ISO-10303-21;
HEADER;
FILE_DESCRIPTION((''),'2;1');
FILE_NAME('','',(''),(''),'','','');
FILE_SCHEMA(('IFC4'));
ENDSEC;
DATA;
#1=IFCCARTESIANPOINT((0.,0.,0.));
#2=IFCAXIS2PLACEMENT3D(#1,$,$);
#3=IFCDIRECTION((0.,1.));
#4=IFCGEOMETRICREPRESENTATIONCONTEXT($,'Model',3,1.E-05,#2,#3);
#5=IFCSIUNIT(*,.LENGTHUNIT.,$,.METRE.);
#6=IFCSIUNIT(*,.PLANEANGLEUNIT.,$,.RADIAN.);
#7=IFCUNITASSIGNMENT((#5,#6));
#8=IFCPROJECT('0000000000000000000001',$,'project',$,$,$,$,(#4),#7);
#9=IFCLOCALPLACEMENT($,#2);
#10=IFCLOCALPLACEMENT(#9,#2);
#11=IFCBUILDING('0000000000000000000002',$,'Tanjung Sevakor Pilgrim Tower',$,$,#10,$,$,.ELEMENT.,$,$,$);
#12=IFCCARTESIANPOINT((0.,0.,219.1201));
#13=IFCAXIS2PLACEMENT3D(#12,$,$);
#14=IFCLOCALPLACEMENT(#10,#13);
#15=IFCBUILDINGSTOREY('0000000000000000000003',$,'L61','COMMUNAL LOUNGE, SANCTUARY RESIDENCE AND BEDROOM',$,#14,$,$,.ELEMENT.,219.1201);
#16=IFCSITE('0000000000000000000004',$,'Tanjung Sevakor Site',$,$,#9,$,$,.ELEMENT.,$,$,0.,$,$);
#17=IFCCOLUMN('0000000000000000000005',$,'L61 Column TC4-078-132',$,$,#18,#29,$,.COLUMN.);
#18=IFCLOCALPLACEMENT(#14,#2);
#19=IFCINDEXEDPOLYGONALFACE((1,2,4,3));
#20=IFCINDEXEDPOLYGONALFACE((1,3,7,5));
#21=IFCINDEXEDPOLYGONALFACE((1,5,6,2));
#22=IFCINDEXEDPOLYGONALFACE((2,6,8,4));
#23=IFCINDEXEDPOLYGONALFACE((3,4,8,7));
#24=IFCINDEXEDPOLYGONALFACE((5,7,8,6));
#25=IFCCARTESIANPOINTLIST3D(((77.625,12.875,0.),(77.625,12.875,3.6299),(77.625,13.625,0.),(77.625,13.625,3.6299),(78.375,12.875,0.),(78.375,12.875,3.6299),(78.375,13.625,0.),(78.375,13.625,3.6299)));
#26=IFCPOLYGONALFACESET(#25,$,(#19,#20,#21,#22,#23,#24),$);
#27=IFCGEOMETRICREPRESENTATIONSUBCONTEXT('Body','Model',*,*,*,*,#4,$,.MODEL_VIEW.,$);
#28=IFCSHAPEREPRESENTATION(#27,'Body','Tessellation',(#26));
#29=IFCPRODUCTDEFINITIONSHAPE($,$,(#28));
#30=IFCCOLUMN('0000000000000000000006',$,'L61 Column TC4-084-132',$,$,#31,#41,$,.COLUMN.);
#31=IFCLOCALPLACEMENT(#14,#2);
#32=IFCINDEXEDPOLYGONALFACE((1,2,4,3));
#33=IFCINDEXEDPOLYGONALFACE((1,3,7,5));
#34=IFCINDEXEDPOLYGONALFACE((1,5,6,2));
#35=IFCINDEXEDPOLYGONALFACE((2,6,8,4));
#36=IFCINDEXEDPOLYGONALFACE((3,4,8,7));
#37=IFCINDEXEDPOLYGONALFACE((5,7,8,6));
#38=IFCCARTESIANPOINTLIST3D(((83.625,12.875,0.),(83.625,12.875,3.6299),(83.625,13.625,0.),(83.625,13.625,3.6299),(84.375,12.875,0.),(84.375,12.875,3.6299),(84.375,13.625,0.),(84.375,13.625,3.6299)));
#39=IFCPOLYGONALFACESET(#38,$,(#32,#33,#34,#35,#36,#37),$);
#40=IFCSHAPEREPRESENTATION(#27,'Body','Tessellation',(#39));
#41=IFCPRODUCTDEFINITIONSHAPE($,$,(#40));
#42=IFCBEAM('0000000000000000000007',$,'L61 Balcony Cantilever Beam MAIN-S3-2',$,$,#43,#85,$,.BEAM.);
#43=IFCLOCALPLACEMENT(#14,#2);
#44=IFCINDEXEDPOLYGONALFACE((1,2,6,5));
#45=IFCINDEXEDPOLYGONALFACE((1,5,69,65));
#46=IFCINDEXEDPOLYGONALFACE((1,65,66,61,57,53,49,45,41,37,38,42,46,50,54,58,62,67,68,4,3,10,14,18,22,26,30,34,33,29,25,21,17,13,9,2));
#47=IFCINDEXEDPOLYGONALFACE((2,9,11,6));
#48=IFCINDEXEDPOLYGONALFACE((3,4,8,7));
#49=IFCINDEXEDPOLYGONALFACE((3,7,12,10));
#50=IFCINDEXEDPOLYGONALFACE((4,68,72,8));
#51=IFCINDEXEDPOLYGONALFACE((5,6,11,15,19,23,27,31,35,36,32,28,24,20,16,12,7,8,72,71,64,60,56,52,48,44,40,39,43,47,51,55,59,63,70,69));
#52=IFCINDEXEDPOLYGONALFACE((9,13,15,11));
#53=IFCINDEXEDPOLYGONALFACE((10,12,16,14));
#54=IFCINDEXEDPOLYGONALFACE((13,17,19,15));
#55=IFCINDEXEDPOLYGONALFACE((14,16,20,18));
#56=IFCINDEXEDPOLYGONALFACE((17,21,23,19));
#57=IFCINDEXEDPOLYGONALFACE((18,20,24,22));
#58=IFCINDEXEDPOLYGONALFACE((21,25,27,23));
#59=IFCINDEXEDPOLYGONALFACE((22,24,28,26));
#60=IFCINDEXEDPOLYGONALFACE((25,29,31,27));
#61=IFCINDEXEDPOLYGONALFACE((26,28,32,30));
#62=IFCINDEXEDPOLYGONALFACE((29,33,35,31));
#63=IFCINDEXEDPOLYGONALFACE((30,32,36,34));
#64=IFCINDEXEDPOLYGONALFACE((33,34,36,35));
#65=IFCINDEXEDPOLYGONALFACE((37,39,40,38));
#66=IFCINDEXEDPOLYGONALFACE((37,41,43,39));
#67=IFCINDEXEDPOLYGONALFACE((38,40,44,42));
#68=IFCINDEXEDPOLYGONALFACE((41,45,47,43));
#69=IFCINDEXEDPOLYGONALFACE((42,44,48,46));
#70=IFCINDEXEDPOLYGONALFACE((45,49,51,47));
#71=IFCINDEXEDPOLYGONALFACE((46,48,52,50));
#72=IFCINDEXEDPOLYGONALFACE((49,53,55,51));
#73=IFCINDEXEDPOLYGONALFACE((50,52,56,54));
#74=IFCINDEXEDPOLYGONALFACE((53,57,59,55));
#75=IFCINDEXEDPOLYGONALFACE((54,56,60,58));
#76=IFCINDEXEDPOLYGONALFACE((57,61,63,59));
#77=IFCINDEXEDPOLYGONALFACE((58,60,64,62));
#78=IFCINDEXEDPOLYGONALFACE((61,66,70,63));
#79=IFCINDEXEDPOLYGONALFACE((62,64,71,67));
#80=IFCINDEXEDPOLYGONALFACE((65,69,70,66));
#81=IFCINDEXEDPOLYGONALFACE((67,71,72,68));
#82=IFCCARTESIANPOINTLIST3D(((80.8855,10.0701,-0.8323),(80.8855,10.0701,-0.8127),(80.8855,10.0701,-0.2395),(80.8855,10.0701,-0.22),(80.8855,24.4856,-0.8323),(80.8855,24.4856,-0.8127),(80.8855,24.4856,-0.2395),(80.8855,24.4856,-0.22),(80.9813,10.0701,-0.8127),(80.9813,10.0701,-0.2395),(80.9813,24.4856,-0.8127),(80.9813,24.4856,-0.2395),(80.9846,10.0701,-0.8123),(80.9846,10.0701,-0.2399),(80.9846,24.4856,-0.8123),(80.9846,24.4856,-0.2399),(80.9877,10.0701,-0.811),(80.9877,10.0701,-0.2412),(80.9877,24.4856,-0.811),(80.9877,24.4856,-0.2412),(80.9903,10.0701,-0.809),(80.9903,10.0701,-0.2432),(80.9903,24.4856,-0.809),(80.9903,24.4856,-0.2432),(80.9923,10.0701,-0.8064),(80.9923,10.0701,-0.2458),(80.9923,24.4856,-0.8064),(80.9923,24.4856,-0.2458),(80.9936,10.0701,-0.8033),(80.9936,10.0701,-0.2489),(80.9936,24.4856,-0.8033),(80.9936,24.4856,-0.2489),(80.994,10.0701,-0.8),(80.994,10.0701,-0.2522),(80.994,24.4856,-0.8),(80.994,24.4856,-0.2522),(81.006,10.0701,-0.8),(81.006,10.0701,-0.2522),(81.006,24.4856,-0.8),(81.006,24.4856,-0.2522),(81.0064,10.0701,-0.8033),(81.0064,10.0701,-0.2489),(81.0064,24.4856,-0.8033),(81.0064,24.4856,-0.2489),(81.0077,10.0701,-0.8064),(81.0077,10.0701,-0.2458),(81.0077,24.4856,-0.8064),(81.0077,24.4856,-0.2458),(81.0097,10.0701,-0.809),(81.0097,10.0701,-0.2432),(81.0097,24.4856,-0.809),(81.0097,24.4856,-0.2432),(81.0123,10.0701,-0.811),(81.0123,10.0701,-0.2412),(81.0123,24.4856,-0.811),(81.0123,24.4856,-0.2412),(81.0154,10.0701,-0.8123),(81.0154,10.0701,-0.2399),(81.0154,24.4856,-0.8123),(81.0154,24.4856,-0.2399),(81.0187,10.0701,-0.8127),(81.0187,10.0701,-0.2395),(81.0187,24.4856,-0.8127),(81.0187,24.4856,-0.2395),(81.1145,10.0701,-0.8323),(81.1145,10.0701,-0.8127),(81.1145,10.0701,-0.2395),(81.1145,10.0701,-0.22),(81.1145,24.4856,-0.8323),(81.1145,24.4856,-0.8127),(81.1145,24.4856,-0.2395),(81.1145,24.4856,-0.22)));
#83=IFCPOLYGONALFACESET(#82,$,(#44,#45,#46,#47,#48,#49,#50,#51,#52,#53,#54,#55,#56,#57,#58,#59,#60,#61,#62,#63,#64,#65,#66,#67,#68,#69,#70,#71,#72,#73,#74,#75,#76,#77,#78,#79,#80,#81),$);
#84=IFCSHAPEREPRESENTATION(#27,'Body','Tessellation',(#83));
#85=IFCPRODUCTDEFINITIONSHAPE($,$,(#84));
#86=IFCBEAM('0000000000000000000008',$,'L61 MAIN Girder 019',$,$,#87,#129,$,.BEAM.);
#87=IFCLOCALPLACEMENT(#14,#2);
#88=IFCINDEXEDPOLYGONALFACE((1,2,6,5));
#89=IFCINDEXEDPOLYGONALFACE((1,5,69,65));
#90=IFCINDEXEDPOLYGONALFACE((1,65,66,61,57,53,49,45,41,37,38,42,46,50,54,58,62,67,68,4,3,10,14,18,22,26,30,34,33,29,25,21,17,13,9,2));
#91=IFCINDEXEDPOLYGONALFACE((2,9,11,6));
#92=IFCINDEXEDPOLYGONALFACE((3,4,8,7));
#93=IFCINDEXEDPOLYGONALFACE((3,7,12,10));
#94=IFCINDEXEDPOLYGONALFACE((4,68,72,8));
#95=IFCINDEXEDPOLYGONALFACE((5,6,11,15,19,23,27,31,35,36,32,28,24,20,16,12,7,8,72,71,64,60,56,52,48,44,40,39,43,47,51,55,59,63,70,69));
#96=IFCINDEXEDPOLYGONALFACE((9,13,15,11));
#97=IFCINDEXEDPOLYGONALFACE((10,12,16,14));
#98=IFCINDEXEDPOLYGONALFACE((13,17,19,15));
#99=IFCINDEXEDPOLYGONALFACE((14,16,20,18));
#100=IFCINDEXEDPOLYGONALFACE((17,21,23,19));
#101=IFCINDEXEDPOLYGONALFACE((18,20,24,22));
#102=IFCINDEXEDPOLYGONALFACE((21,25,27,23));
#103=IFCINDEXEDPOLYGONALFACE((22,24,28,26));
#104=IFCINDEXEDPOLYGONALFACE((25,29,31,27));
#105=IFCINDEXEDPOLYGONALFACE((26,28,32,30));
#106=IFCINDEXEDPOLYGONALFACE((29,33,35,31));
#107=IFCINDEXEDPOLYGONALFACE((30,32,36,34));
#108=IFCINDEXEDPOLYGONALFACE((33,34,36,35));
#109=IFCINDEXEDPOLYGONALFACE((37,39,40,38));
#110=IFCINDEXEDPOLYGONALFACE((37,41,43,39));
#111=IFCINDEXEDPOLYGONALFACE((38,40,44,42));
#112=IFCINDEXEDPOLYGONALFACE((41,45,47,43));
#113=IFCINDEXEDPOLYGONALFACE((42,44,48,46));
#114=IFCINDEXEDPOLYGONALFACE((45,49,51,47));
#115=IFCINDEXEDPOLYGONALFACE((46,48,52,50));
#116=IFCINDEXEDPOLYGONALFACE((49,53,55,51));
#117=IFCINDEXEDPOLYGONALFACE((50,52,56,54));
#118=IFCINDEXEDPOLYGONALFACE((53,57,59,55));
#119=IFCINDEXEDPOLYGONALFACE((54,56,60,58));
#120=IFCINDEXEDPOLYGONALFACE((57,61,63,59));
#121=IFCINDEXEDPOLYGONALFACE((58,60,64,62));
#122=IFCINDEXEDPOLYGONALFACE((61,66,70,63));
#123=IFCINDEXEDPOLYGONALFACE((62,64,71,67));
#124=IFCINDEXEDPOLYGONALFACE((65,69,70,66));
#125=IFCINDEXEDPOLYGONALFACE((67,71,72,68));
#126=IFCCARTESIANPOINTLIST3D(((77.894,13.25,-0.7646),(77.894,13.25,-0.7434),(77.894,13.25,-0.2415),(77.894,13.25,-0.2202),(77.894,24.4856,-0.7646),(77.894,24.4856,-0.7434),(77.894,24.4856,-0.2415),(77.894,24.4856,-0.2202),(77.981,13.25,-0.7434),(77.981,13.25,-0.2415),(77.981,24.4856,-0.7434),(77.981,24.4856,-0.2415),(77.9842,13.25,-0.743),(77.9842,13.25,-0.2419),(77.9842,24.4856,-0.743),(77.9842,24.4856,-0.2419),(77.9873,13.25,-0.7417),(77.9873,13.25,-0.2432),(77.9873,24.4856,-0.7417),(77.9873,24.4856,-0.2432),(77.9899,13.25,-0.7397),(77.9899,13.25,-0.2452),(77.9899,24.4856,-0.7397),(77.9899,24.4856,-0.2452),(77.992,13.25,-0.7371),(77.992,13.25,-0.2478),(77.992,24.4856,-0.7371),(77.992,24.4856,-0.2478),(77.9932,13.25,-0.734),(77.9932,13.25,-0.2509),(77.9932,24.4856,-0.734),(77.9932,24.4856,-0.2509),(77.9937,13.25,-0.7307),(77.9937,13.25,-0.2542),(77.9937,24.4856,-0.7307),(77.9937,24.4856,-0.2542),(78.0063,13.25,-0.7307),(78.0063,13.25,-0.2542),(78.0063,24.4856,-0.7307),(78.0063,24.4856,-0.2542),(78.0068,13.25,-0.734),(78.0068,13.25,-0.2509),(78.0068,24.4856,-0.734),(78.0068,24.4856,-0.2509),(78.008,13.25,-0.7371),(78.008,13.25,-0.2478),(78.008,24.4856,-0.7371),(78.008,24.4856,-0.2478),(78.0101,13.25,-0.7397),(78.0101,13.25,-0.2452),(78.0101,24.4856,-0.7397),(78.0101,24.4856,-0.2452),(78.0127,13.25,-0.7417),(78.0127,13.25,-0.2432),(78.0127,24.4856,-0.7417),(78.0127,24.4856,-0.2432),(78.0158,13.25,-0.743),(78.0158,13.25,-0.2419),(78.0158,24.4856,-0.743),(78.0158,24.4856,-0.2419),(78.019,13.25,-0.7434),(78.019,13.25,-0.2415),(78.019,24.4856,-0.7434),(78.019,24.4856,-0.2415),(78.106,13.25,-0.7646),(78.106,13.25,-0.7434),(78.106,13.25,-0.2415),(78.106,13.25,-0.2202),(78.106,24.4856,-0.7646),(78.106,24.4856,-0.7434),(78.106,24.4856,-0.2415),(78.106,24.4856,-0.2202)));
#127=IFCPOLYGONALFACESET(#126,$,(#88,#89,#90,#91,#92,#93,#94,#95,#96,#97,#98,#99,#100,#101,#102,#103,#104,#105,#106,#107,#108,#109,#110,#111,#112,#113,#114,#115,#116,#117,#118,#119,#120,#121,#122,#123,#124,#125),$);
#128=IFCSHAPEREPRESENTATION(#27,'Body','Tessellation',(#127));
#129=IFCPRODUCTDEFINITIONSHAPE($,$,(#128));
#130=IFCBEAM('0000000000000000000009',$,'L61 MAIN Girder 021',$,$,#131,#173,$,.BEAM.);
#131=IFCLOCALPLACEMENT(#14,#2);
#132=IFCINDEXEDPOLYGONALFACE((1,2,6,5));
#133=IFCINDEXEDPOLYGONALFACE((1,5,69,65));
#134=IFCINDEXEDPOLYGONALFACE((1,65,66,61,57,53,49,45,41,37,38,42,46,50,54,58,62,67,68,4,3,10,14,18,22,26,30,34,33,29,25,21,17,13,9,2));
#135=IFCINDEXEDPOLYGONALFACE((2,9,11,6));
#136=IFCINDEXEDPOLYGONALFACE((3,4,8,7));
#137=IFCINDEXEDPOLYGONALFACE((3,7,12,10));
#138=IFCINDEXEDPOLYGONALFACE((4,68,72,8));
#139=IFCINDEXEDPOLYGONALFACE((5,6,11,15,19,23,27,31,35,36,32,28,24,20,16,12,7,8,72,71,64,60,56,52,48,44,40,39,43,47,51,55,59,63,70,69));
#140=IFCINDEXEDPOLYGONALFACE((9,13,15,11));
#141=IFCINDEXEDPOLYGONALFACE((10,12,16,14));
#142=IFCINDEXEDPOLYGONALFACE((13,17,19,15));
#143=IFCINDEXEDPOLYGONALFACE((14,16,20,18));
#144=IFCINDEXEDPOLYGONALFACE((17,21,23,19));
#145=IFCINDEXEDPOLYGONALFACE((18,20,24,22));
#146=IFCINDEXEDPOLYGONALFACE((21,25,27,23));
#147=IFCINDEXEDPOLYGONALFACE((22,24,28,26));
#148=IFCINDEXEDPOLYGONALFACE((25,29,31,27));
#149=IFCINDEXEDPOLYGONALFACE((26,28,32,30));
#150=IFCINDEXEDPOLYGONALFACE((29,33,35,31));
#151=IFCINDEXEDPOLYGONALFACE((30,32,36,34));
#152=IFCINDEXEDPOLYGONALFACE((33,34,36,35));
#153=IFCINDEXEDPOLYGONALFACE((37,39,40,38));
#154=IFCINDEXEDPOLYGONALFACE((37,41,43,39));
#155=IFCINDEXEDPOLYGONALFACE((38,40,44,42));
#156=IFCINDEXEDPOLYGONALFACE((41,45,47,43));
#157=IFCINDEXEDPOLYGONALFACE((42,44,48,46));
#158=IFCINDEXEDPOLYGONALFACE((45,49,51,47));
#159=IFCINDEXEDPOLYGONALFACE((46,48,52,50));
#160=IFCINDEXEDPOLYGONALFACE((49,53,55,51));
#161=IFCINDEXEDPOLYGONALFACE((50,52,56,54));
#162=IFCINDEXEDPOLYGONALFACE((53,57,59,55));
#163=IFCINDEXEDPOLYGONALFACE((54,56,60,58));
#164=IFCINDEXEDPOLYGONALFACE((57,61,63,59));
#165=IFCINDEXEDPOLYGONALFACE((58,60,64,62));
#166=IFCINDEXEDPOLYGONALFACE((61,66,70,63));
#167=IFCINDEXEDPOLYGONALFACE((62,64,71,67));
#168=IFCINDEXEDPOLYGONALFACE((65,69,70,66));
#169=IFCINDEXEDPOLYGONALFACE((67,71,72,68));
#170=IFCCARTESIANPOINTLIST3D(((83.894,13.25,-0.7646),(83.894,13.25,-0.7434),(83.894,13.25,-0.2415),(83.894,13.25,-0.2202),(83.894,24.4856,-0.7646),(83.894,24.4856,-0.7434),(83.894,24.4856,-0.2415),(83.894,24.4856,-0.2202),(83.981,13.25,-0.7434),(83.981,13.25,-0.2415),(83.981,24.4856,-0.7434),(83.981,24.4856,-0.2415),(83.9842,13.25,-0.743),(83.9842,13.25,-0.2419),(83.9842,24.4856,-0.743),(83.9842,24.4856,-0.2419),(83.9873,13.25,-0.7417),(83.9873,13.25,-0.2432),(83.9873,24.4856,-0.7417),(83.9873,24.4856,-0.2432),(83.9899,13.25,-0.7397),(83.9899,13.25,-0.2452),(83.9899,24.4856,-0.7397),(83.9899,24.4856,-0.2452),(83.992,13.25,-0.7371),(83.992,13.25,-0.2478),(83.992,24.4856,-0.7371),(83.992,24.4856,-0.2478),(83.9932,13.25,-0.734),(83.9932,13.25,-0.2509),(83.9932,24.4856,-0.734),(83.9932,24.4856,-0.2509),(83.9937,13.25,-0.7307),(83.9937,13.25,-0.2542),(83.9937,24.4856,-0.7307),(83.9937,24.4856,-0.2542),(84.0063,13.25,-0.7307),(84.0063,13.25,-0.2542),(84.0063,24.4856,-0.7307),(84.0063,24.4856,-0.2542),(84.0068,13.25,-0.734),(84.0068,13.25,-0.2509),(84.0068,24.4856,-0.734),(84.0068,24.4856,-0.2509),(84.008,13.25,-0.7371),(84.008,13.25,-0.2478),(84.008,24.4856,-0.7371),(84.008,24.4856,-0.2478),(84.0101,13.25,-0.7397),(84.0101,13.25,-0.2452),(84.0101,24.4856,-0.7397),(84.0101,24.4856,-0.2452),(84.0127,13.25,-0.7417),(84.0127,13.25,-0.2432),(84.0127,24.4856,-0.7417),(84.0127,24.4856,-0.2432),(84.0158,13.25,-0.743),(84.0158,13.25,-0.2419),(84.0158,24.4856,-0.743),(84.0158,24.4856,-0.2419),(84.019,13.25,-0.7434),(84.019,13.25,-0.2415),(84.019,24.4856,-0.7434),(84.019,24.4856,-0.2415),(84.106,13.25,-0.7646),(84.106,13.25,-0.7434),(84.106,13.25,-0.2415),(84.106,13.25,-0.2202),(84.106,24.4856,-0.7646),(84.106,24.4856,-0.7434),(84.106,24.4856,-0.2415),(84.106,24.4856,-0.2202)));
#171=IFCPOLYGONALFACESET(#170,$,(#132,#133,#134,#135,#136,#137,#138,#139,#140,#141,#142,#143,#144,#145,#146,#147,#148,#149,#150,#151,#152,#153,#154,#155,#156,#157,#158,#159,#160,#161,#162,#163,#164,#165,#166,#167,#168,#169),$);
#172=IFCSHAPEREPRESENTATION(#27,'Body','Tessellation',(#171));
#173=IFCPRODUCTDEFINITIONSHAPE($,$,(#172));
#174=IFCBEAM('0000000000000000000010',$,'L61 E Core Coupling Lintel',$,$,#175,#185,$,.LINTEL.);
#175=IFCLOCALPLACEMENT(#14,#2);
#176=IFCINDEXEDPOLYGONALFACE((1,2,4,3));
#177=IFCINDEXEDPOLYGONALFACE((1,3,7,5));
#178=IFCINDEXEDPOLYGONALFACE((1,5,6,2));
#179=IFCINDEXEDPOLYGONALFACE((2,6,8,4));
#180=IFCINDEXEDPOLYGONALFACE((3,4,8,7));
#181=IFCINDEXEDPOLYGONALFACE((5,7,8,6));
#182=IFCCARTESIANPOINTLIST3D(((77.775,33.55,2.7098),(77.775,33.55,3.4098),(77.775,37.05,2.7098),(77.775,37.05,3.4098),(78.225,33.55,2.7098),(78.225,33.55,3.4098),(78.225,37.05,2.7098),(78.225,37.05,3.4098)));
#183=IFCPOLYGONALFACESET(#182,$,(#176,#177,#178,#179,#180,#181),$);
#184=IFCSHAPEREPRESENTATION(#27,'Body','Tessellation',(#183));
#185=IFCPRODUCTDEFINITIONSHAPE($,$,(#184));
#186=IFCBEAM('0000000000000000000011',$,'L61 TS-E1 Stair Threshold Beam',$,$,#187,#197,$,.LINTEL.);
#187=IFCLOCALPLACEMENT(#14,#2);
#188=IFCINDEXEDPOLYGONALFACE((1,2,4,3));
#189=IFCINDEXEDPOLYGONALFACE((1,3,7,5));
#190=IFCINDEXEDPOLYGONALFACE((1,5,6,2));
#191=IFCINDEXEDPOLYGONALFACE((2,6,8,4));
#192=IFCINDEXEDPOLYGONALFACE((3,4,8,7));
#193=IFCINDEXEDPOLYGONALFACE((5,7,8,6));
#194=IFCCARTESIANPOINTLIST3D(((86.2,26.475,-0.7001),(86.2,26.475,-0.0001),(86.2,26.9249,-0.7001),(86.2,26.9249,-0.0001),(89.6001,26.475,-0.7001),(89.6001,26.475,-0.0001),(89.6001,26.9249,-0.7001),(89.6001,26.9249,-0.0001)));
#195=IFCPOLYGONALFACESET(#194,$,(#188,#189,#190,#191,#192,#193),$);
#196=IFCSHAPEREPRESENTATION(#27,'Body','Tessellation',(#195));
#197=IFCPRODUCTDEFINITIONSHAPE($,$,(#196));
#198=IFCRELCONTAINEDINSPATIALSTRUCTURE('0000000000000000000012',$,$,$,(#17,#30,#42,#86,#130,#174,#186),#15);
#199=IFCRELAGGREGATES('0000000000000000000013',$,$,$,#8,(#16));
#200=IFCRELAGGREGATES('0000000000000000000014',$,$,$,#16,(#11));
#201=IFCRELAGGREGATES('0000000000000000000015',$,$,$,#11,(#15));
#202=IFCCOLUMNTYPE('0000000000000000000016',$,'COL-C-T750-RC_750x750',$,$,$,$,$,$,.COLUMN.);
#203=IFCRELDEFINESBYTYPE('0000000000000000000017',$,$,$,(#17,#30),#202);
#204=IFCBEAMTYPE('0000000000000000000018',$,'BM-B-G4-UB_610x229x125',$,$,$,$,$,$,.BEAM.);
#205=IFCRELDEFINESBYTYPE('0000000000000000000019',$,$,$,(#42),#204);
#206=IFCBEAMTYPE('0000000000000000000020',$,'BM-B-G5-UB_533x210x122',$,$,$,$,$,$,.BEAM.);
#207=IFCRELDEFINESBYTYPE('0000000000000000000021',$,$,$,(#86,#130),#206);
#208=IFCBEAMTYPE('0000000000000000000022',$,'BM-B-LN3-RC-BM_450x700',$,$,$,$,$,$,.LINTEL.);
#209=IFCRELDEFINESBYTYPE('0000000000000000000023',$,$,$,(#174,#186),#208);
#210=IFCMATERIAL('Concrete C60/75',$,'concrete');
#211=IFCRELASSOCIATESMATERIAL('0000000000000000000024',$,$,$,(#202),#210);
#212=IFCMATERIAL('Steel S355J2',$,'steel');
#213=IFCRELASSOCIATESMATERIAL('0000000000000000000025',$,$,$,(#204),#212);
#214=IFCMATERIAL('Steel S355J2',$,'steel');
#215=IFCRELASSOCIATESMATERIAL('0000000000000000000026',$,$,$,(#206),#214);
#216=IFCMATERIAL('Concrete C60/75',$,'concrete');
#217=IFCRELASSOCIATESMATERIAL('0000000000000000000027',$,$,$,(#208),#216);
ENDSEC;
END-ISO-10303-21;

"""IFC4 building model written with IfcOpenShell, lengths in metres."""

from ifc_helpers import new_model, si_unit, direction, frame, origin, origin_2d, place, context, subcontext, project, spatial, rectangle, i_section, extrude, material, material_profile, profile_set, type_object, element, save


model = new_model("IFC4")

# Units and contexts
model_context = context("Model", 3, precision=1e-05, world=origin(), true_north=direction((0.0, 1.0)))
body_context = subcontext(model_context, "Body", "Model", "MODEL_VIEW")
ifc_project = project(units=[si_unit("LENGTHUNIT", "METRE"), si_unit("PLANEANGLEUNIT", "RADIAN")], contexts=[model_context])

# Site, building, storey
site_placement = place(None, origin())
site = spatial("IfcSite", under=ifc_project, at=site_placement, Name="Tanjung Sevakor Site", CompositionType="ELEMENT", RefElevation=0.0)
building_placement = place(site_placement, origin())
building = spatial("IfcBuilding", under=site, at=building_placement, Name="Tanjung Sevakor Pilgrim Tower", CompositionType="ELEMENT")
storey_placement = place(building_placement, frame((0.0, 0.0, 219.1201)))
storey = spatial("IfcBuildingStorey", under=building, at=storey_placement, Name="L61", Description="COMMUNAL LOUNGE, SANCTUARY RESIDENCE AND BEDROOM", CompositionType="ELEMENT", Elevation=219.1201)

# Columns
ifc_material_1 = material(Name="Concrete C60/75", Category="concrete")
ifc_material_profile_1 = material_profile(ifc_material_1, rectangle(XDim=0.75, YDim=0.75, at=origin_2d()))
ifc_profile_set_1 = profile_set([ifc_material_profile_1], Name="Concrete C60/75")
column_type = type_object("IfcColumnType", Name="COL-C-T750-RC_750x750", PredefinedType="COLUMN", material=ifc_profile_set_1)
for number, where, z_axis, x_axis, name in (
    (1, (78.0, 13.25, 0.0), (0.0, 0.0, 1.0), (1.0, 0.0, 0.0), "L61 Column TC4-078-132"),
    (2, (84.0, 13.25, 0.0), (0.0, 0.0, 1.0), (1.0, 0.0, 0.0), "L61 Column TC4-084-132"),
):
    element("IfcColumn", number, at=place(storey_placement, frame(where, z_axis=z_axis, x_axis=x_axis)), inside=storey, type_object=column_type, Name=name, PredefinedType="COLUMN", context=body_context, shape_type="SweptSolid", body=[
        extrude(rectangle(XDim=0.75, YDim=0.75, at=origin_2d()), origin(), (0.0, 0.0, 1.0), 3.6299),
    ])

# Beams
ifc_material_2 = material(Name="Steel S355J2", Category="steel")
ifc_material_profile_2 = material_profile(ifc_material_2, i_section(OverallWidth=0.229, OverallDepth=0.6123, WebThickness=0.012, FlangeThickness=0.0195, FilletRadius=0.0127, at=origin_2d()))
ifc_profile_set_2 = profile_set([ifc_material_profile_2], Name="Steel S355J2")
beam_type_1 = type_object("IfcBeamType", Name="BM-B-G4-UB_610x229x125", PredefinedType="BEAM", material=ifc_profile_set_2)
beam_1_placement = place(storey_placement, frame((81.0, 24.4856, -0.5261), z_axis=(0.0, -1.0, 0.0), x_axis=(1.0, 0.0, 0.0)))
element("IfcBeam", 3, at=beam_1_placement, inside=storey, type_object=beam_type_1, Name="L61 Balcony Cantilever Beam MAIN-S3-2", PredefinedType="BEAM", context=body_context, shape_type="SweptSolid", body=[
    extrude(i_section(OverallWidth=0.229, OverallDepth=0.6123, WebThickness=0.012, FlangeThickness=0.0195, FilletRadius=0.0127, at=origin_2d()), origin(), (0.0, 0.0, 1.0), 14.4155),
])
ifc_material_3 = material(Name="Steel S355J2", Category="steel")
ifc_material_profile_3 = material_profile(ifc_material_3, i_section(OverallWidth=0.2119, OverallDepth=0.5444, WebThickness=0.0127, FlangeThickness=0.0212, FilletRadius=0.0127, at=origin_2d()))
ifc_profile_set_3 = profile_set([ifc_material_profile_3], Name="Steel S355J2")
beam_type_2 = type_object("IfcBeamType", Name="BM-B-G5-UB_533x210x122", PredefinedType="BEAM", material=ifc_profile_set_3)
for number, where, z_axis, x_axis, name in (
    (4, (78.0, 13.25, -0.4924), (0.0, 1.0, 0.0), (-1.0, 0.0, 0.0), "L61 MAIN Girder 019"),
    (5, (84.0, 13.25, -0.4924), (0.0, 1.0, 0.0), (-1.0, 0.0, 0.0), "L61 MAIN Girder 021"),
):
    element("IfcBeam", number, at=place(storey_placement, frame(where, z_axis=z_axis, x_axis=x_axis)), inside=storey, type_object=beam_type_2, Name=name, PredefinedType="BEAM", context=body_context, shape_type="SweptSolid", body=[
        extrude(i_section(OverallWidth=0.2119, OverallDepth=0.5444, WebThickness=0.0127, FlangeThickness=0.0212, FilletRadius=0.0127, at=origin_2d()), origin(), (0.0, 0.0, 1.0), 11.2356),
    ])
ifc_material_4 = material(Name="Concrete C60/75", Category="concrete")
ifc_material_profile_4 = material_profile(ifc_material_4, rectangle(XDim=0.45, YDim=0.7, at=origin_2d()))
ifc_profile_set_4 = profile_set([ifc_material_profile_4], Name="Concrete C60/75")
beam_type_3 = type_object("IfcBeamType", Name="BM-B-LN3-RC-BM_450x700", PredefinedType="LINTEL", material=ifc_profile_set_4)
beam_2_placement = place(storey_placement, frame((78.0, 33.55, 3.0598), z_axis=(0.0, 1.0, 0.0), x_axis=(-1.0, 0.0, 0.0)))
element("IfcBeam", 6, at=beam_2_placement, inside=storey, type_object=beam_type_3, Name="L61 E Core Coupling Lintel", PredefinedType="LINTEL", context=body_context, shape_type="SweptSolid", body=[
    extrude(rectangle(XDim=0.45, YDim=0.7, at=origin_2d()), origin(), (0.0, 0.0, 1.0), 3.5),
])
beam_3_placement = place(storey_placement, frame((86.2, 26.7, -0.3501), z_axis=(1.0, 0.0, 0.0), x_axis=(0.0, 1.0, 0.0)))
element("IfcBeam", 7, at=beam_3_placement, inside=storey, type_object=beam_type_3, Name="L61 TS-E1 Stair Threshold Beam", PredefinedType="LINTEL", context=body_context, shape_type="SweptSolid", body=[
    extrude(rectangle(XDim=0.45, YDim=0.7, at=origin_2d()), origin(), (0.0, 0.0, 1.0), 3.4001),
])

save(model, "model.ifc")
